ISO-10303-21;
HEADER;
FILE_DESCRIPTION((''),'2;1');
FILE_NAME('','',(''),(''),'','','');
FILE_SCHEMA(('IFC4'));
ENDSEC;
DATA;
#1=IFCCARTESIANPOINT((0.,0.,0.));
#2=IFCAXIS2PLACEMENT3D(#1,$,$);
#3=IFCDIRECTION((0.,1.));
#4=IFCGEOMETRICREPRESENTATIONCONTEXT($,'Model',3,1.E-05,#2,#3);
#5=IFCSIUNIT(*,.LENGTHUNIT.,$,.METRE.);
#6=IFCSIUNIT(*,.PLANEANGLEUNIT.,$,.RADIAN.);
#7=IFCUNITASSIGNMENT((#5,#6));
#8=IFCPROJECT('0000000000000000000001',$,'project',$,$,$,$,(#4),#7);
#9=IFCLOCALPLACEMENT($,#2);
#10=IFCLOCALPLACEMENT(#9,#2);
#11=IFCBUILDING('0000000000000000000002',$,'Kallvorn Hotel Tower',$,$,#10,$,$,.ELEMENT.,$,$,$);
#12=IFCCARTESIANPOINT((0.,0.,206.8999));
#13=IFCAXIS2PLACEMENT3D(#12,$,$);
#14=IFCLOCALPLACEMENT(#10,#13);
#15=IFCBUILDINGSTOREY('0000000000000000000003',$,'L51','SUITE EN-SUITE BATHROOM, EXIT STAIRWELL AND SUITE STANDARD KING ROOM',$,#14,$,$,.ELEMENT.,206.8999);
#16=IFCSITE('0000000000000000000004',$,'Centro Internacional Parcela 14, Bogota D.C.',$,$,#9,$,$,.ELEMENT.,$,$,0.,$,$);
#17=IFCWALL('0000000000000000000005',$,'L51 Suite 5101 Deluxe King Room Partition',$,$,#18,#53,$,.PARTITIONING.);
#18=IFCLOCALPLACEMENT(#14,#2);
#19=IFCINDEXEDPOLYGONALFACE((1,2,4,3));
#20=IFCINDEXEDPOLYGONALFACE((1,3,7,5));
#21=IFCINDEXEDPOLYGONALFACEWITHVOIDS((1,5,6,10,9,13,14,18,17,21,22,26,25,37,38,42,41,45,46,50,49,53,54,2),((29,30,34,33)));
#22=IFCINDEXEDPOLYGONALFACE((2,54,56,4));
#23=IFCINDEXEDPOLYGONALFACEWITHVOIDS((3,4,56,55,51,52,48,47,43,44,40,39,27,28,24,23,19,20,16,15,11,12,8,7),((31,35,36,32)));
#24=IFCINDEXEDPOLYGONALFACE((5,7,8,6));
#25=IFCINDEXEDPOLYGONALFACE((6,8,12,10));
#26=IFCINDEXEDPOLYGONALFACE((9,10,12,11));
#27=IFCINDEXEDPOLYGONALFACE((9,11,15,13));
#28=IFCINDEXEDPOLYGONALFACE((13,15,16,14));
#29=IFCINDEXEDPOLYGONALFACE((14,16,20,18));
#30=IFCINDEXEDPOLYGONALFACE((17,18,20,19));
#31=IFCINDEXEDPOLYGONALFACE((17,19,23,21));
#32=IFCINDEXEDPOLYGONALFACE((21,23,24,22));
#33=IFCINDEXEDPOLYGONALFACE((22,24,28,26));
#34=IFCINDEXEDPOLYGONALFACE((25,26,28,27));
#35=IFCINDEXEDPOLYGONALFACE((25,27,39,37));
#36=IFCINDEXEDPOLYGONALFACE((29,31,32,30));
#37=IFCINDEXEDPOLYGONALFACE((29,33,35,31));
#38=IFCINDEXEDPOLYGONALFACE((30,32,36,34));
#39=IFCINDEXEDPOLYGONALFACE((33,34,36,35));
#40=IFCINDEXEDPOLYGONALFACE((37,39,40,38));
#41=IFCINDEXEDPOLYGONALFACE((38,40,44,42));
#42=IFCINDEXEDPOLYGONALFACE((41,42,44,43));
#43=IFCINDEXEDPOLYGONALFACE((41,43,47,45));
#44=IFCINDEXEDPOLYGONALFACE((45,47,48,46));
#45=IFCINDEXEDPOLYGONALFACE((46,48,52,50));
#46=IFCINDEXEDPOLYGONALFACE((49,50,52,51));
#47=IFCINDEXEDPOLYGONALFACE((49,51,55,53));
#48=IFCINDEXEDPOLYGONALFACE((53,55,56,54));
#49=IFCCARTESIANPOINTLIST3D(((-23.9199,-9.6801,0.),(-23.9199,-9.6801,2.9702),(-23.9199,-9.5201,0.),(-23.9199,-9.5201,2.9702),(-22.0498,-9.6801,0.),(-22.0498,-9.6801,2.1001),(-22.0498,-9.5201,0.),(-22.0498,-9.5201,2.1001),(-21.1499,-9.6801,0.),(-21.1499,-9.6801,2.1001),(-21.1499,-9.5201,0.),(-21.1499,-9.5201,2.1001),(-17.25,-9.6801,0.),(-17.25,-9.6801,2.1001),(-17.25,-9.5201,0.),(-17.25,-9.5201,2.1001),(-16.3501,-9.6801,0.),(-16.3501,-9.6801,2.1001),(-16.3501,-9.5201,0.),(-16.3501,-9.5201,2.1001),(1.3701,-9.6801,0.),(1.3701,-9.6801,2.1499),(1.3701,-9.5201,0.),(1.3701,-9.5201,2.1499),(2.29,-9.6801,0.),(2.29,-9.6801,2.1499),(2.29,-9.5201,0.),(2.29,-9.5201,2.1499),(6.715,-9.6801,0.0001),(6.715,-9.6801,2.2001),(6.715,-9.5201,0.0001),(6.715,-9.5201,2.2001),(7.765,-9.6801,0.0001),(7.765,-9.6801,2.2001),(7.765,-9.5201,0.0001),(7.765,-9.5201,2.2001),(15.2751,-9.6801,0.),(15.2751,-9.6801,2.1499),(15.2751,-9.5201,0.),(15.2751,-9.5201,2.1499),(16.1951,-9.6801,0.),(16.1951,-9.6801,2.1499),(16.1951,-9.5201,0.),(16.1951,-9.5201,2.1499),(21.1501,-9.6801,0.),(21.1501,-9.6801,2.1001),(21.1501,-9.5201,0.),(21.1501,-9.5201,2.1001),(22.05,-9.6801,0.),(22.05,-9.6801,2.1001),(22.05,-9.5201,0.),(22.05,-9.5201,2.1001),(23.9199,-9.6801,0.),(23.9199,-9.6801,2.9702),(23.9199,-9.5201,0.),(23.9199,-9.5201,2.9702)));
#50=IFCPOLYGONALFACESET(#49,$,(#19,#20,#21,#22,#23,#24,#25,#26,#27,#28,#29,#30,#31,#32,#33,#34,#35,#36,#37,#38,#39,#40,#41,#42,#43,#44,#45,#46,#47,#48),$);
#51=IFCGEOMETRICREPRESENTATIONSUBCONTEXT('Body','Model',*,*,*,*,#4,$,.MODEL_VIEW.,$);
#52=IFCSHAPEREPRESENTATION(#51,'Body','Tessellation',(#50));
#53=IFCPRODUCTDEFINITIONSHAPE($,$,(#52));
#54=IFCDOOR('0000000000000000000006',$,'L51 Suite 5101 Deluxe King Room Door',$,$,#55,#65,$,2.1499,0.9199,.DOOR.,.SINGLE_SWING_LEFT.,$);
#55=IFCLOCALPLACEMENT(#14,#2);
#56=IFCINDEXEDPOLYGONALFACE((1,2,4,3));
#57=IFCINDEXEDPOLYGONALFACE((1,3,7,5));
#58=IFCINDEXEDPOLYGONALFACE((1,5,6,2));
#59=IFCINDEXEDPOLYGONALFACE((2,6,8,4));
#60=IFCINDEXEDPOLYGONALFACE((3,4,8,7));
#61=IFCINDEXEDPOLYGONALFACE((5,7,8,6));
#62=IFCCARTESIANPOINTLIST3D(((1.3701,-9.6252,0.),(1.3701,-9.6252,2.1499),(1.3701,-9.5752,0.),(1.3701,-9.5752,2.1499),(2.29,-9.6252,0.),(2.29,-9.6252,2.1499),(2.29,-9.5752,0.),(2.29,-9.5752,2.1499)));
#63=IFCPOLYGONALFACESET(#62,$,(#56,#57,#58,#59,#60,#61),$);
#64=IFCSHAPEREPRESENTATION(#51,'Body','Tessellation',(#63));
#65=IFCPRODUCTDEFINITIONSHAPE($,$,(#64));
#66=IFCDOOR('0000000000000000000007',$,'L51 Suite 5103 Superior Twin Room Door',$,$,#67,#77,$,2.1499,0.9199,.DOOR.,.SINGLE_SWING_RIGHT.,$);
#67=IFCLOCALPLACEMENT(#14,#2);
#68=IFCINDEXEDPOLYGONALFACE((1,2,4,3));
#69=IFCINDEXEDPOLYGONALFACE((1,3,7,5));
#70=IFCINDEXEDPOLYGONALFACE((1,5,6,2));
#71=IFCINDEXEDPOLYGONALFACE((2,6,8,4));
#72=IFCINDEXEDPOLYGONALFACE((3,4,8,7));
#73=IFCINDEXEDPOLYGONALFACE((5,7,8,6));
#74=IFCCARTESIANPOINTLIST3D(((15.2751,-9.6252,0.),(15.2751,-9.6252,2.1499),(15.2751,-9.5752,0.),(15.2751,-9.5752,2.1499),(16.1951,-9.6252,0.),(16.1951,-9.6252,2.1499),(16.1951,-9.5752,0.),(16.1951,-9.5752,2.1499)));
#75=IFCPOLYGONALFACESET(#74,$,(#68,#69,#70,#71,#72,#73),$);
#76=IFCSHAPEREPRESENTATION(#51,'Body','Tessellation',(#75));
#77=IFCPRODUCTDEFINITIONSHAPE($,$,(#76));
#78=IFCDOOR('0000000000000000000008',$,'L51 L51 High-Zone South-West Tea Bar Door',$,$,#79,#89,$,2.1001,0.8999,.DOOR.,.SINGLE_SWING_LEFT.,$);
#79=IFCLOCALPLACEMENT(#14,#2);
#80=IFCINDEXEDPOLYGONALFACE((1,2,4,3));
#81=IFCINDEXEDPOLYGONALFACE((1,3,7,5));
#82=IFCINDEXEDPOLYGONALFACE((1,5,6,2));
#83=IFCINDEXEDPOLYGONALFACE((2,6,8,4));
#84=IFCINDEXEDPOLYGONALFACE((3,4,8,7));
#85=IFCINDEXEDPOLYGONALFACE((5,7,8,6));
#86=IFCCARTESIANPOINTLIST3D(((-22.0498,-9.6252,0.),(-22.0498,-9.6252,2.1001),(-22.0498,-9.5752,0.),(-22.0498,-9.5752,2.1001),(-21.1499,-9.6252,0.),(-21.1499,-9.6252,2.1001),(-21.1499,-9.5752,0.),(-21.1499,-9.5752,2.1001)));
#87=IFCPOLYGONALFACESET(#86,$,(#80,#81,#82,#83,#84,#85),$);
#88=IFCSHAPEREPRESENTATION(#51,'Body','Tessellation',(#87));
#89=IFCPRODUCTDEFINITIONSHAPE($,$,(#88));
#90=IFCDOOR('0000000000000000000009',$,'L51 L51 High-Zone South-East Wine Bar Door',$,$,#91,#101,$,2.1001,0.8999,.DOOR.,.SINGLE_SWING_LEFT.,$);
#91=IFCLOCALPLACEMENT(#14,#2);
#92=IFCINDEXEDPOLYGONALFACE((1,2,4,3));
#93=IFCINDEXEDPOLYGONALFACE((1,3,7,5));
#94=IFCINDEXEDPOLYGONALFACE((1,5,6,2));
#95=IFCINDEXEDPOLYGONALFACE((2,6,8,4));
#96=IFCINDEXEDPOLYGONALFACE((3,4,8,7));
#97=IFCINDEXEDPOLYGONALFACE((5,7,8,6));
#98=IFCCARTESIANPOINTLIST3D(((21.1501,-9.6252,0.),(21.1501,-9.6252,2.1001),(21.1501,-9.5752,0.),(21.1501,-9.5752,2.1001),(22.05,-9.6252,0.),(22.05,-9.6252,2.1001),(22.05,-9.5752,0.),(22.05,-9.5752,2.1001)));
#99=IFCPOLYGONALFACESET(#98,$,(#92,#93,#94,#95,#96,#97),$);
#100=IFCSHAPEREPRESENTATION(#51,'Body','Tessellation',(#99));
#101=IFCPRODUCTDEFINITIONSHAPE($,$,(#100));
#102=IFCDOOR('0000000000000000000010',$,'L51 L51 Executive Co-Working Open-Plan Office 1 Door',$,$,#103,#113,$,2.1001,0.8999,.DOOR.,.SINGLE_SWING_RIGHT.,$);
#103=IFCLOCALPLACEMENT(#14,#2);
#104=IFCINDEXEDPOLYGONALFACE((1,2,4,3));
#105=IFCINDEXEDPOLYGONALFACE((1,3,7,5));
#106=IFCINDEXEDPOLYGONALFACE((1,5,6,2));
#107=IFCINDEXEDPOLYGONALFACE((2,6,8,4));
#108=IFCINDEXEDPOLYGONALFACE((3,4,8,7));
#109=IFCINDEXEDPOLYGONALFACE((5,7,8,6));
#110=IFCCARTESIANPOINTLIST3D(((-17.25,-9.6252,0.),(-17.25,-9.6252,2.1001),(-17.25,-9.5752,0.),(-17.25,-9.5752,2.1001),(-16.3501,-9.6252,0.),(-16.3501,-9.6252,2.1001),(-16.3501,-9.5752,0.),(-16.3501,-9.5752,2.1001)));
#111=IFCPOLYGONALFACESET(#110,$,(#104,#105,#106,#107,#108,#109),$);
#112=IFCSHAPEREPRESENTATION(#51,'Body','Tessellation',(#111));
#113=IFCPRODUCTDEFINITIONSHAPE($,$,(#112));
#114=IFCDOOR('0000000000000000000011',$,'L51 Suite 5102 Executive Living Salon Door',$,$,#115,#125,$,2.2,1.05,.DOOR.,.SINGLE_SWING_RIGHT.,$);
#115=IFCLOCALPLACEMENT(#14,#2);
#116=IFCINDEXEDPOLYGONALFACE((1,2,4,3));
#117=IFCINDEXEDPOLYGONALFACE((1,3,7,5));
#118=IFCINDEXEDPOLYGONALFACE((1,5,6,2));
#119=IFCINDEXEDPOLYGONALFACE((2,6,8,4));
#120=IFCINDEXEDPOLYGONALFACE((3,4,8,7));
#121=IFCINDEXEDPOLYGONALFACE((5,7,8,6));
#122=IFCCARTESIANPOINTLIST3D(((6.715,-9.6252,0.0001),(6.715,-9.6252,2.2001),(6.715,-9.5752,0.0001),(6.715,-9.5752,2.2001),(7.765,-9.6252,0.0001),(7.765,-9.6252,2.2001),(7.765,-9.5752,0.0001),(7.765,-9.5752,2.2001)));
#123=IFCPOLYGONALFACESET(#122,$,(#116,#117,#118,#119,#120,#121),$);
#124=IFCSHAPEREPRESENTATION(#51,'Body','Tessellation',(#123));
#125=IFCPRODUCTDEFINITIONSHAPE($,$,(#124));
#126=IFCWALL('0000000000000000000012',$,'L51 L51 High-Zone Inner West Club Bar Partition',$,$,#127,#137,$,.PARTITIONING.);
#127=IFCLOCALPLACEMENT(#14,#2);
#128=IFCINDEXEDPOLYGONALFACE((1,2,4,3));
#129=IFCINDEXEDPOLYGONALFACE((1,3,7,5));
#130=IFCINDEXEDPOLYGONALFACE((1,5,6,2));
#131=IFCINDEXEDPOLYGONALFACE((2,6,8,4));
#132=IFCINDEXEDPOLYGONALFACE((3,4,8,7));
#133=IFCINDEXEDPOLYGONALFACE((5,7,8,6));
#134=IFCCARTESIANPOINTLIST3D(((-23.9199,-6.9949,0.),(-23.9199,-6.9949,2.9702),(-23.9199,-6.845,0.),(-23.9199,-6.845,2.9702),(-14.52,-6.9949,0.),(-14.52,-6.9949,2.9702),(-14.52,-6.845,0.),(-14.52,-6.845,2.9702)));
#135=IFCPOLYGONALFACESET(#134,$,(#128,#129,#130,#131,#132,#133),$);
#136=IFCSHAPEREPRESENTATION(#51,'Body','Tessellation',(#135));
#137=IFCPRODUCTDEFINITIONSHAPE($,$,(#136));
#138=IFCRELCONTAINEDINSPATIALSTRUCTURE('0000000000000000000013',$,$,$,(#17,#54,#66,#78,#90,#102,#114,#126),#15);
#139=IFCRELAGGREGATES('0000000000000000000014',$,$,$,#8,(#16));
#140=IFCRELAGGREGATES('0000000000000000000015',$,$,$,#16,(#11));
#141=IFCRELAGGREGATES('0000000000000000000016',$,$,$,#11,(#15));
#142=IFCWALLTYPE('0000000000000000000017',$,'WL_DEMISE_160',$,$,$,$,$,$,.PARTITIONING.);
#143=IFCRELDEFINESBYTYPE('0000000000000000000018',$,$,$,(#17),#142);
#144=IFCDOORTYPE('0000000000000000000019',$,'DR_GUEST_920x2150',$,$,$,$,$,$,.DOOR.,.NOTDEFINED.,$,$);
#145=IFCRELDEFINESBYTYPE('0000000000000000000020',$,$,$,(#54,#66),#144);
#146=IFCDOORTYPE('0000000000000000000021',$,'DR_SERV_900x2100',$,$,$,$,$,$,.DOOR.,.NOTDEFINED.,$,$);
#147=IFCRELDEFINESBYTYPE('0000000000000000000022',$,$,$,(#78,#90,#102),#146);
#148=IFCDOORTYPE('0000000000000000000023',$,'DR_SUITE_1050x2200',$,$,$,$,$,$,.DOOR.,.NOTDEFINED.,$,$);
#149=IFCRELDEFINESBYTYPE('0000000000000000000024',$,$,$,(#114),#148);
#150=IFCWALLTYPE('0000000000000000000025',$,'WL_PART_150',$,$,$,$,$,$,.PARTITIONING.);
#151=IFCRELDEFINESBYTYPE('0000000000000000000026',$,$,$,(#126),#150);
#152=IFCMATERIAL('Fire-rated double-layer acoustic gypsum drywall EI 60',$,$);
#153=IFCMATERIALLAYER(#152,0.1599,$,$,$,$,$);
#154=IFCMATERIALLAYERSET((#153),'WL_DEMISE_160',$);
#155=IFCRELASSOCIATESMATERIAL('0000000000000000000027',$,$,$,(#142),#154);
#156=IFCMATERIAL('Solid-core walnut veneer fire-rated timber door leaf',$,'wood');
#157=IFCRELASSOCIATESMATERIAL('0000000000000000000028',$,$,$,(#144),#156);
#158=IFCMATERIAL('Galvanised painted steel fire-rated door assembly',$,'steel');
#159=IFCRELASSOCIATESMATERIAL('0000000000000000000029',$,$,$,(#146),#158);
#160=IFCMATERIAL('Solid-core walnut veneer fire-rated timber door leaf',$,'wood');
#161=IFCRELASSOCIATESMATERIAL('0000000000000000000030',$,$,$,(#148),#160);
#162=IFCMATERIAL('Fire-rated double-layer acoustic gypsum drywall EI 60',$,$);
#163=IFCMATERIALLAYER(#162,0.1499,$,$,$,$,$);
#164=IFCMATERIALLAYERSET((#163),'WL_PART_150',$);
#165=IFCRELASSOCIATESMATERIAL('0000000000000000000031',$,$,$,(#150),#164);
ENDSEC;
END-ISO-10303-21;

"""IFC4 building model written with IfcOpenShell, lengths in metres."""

from ifc_helpers import new_model, si_unit, direction, frame, frame_2d, origin, place, context, subcontext, project, spatial, rectangle, extrude, material, layer, layer_set, type_object, element, fill, save


model = new_model("IFC4")

# Units and contexts
model_context = context("Model", 3, precision=1e-05, world=origin(), true_north=direction((0.0, 1.0)))
body_context = subcontext(model_context, "Body", "Model", "MODEL_VIEW")
ifc_project = project(units=[si_unit("LENGTHUNIT", "METRE"), si_unit("PLANEANGLEUNIT", "RADIAN")], contexts=[model_context])

# Site, building, storey
site_placement = place(None, origin())
site = spatial("IfcSite", under=ifc_project, at=site_placement, Name="Centro Internacional Parcela 14, Bogota D.C.", CompositionType="ELEMENT", RefElevation=0.0)
building_placement = place(site_placement, origin())
building = spatial("IfcBuilding", under=site, at=building_placement, Name="Kallvorn Hotel Tower", CompositionType="ELEMENT")
storey_placement = place(building_placement, frame((0.0, 0.0, 206.8999)))
storey = spatial("IfcBuildingStorey", under=building, at=storey_placement, Name="L51", Description="SUITE EN-SUITE BATHROOM, EXIT STAIRWELL AND SUITE STANDARD KING ROOM", CompositionType="ELEMENT", Elevation=206.8999)

# Wall, openings, doors
ifc_material_1 = material(Name="Fire-rated double-layer acoustic gypsum drywall EI 60")
ifc_layer_1 = layer(ifc_material_1, 0.1599)
ifc_layer_set_1 = layer_set([ifc_layer_1], Name="WL_DEMISE_160")
wall_type_1 = type_object("IfcWallType", Name="WL_DEMISE_160", PredefinedType="PARTITIONING", material=ifc_layer_set_1)
wall_1_placement = place(storey_placement, frame((-23.9199, -9.6001, 0.0), z_axis=(0.0, 0.0, 1.0), x_axis=(1.0, 0.0, 0.0)))
wall_1 = element("IfcWall", 1, at=wall_1_placement, inside=storey, type_object=wall_type_1, Name="L51 Suite 5101 Deluxe King Room Partition", PredefinedType="PARTITIONING", context=body_context, shape_type="SweptSolid", body=[
    extrude(rectangle(XDim=47.8398, YDim=0.1599, at=frame_2d((23.9199, 0.0))), origin(), (0.0, 0.0, 1.0), 2.9702),
])
opening_1_placement = place(wall_1_placement, frame((1.8701, 0.0, 0.0)))
opening_1 = element("IfcOpeningElement", 2, at=opening_1_placement, cuts=wall_1, PredefinedType="OPENING", context=body_context, shape_type="SweptSolid", body=[
    extrude(rectangle(XDim=0.8999, YDim=2.1001, at=frame_2d((0.45, 1.05))), frame((0.0, 0.095, 0.0), z_axis=(0.0, -1.0, 0.0), x_axis=(1.0, 0.0, 0.0)), (0.0, 0.0, 1.0), 0.1899),
])
opening_2_placement = place(wall_1_placement, frame((45.0701, 0.0, 0.0)))
opening_2 = element("IfcOpeningElement", 3, at=opening_2_placement, cuts=wall_1, PredefinedType="OPENING", context=body_context, shape_type="SweptSolid", body=[
    extrude(rectangle(XDim=0.8999, YDim=2.1001, at=frame_2d((0.45, 1.05))), frame((0.0, 0.095, 0.0), z_axis=(0.0, -1.0, 0.0), x_axis=(1.0, 0.0, 0.0)), (0.0, 0.0, 1.0), 0.1899),
])
opening_3_placement = place(wall_1_placement, frame((6.6699, 0.0, 0.0)))
opening_3 = element("IfcOpeningElement", 4, at=opening_3_placement, cuts=wall_1, PredefinedType="OPENING", context=body_context, shape_type="SweptSolid", body=[
    extrude(rectangle(XDim=0.8999, YDim=2.1001, at=frame_2d((0.45, 1.05))), frame((0.0, 0.095, 0.0), z_axis=(0.0, -1.0, 0.0), x_axis=(1.0, 0.0, 0.0)), (0.0, 0.0, 1.0), 0.1899),
])
opening_4_placement = place(wall_1_placement, frame((25.29, 0.0, 0.0)))
opening_4 = element("IfcOpeningElement", 5, at=opening_4_placement, cuts=wall_1, PredefinedType="OPENING", context=body_context, shape_type="SweptSolid", body=[
    extrude(rectangle(XDim=0.9199, YDim=2.1499, at=frame_2d((0.46, 1.075))), frame((0.0, 0.095, 0.0), z_axis=(0.0, -1.0, 0.0), x_axis=(1.0, 0.0, 0.0)), (0.0, 0.0, 1.0), 0.1899),
])
opening_5_placement = place(wall_1_placement, frame((30.635, 0.0, 0.0)))
opening_5 = element("IfcOpeningElement", 6, at=opening_5_placement, cuts=wall_1, PredefinedType="OPENING", context=body_context, shape_type="SweptSolid", body=[
    extrude(rectangle(XDim=1.05, YDim=2.2, at=frame_2d((0.5249, 1.1001))), frame((0.0, 0.095, 0.0), z_axis=(0.0, -1.0, 0.0), x_axis=(1.0, 0.0, 0.0)), (0.0, 0.0, 1.0), 0.1899),
])
opening_6_placement = place(wall_1_placement, frame((39.1951, 0.0, 0.0)))
opening_6 = element("IfcOpeningElement", 7, at=opening_6_placement, cuts=wall_1, PredefinedType="OPENING", context=body_context, shape_type="SweptSolid", body=[
    extrude(rectangle(XDim=0.9199, YDim=2.1499, at=frame_2d((0.46, 1.075))), frame((0.0, 0.095, 0.0), z_axis=(0.0, -1.0, 0.0), x_axis=(1.0, 0.0, 0.0)), (0.0, 0.0, 1.0), 0.1899),
])
ifc_material_2 = material(Name="Solid-core walnut veneer fire-rated timber door leaf", Category="wood")
door_type_1 = type_object("IfcDoorType", Name="DR_GUEST_920x2150", OperationType="NOTDEFINED", PredefinedType="DOOR", material=ifc_material_2)
door_1_placement = place(opening_4_placement, origin())
door_1 = element("IfcDoor", 8, at=door_1_placement, inside=storey, type_object=door_type_1, Name="L51 Suite 5101 Deluxe King Room Door", OperationType="SINGLE_SWING_LEFT", OverallHeight=2.1499, OverallWidth=0.9199, PredefinedType="DOOR", context=body_context, shape_type="SweptSolid", body=[
    extrude(rectangle(XDim=0.9199, YDim=2.1499, at=frame_2d((0.46, 1.075))), frame((0.0, 0.0249, 0.0), z_axis=(0.0, -1.0, 0.0), x_axis=(1.0, 0.0, 0.0)), (0.0, 0.0, 1.0), 0.05),
])
fill(opening_4, door_1)
door_2_placement = place(opening_6_placement, origin())
door_2 = element("IfcDoor", 9, at=door_2_placement, inside=storey, type_object=door_type_1, Name="L51 Suite 5103 Superior Twin Room Door", OperationType="SINGLE_SWING_RIGHT", OverallHeight=2.1499, OverallWidth=0.9199, PredefinedType="DOOR", context=body_context, shape_type="SweptSolid", body=[
    extrude(rectangle(XDim=0.9199, YDim=2.1499, at=frame_2d((0.46, 1.075))), frame((0.0, 0.0249, 0.0), z_axis=(0.0, -1.0, 0.0), x_axis=(1.0, 0.0, 0.0)), (0.0, 0.0, 1.0), 0.05),
])
fill(opening_6, door_2)
ifc_material_3 = material(Name="Galvanised painted steel fire-rated door assembly", Category="steel")
door_type_2 = type_object("IfcDoorType", Name="DR_SERV_900x2100", OperationType="NOTDEFINED", PredefinedType="DOOR", material=ifc_material_3)
door_3_placement = place(opening_1_placement, origin())
door_3 = element("IfcDoor", 10, at=door_3_placement, inside=storey, type_object=door_type_2, Name="L51 L51 High-Zone South-West Tea Bar Door", OperationType="SINGLE_SWING_LEFT", OverallHeight=2.1001, OverallWidth=0.8999, PredefinedType="DOOR", context=body_context, shape_type="SweptSolid", body=[
    extrude(rectangle(XDim=0.8999, YDim=2.1001, at=frame_2d((0.45, 1.05))), frame((0.0, 0.0249, 0.0), z_axis=(0.0, -1.0, 0.0), x_axis=(1.0, 0.0, 0.0)), (0.0, 0.0, 1.0), 0.05),
])
fill(opening_1, door_3)
door_4_placement = place(opening_2_placement, origin())
door_4 = element("IfcDoor", 11, at=door_4_placement, inside=storey, type_object=door_type_2, Name="L51 L51 High-Zone South-East Wine Bar Door", OperationType="SINGLE_SWING_LEFT", OverallHeight=2.1001, OverallWidth=0.8999, PredefinedType="DOOR", context=body_context, shape_type="SweptSolid", body=[
    extrude(rectangle(XDim=0.8999, YDim=2.1001, at=frame_2d((0.45, 1.05))), frame((0.0, 0.0249, 0.0), z_axis=(0.0, -1.0, 0.0), x_axis=(1.0, 0.0, 0.0)), (0.0, 0.0, 1.0), 0.05),
])
fill(opening_2, door_4)
door_5_placement = place(opening_3_placement, origin())
door_5 = element("IfcDoor", 12, at=door_5_placement, inside=storey, type_object=door_type_2, Name="L51 L51 Executive Co-Working Open-Plan Office 1 Door", OperationType="SINGLE_SWING_RIGHT", OverallHeight=2.1001, OverallWidth=0.8999, PredefinedType="DOOR", context=body_context, shape_type="SweptSolid", body=[
    extrude(rectangle(XDim=0.8999, YDim=2.1001, at=frame_2d((0.45, 1.05))), frame((0.0, 0.0249, 0.0), z_axis=(0.0, -1.0, 0.0), x_axis=(1.0, 0.0, 0.0)), (0.0, 0.0, 1.0), 0.05),
])
fill(opening_3, door_5)
ifc_material_4 = material(Name="Solid-core walnut veneer fire-rated timber door leaf", Category="wood")
door_type_3 = type_object("IfcDoorType", Name="DR_SUITE_1050x2200", OperationType="NOTDEFINED", PredefinedType="DOOR", material=ifc_material_4)
door_6_placement = place(opening_5_placement, origin())
door_6 = element("IfcDoor", 13, at=door_6_placement, inside=storey, type_object=door_type_3, Name="L51 Suite 5102 Executive Living Salon Door", OperationType="SINGLE_SWING_RIGHT", OverallHeight=2.2, OverallWidth=1.05, PredefinedType="DOOR", context=body_context, shape_type="SweptSolid", body=[
    extrude(rectangle(XDim=1.05, YDim=2.2, at=frame_2d((0.5249, 1.1001))), frame((0.0, 0.0249, 0.0), z_axis=(0.0, -1.0, 0.0), x_axis=(1.0, 0.0, 0.0)), (0.0, 0.0, 1.0), 0.05),
])
fill(opening_5, door_6)

# Wall
ifc_material_5 = material(Name="Fire-rated double-layer acoustic gypsum drywall EI 60")
ifc_layer_2 = layer(ifc_material_5, 0.1499)
ifc_layer_set_2 = layer_set([ifc_layer_2], Name="WL_PART_150")
wall_type_2 = type_object("IfcWallType", Name="WL_PART_150", PredefinedType="PARTITIONING", material=ifc_layer_set_2)
wall_2_placement = place(storey_placement, frame((-23.9199, -6.9199, 0.0), z_axis=(0.0, 0.0, 1.0), x_axis=(1.0, 0.0, 0.0)))
element("IfcWall", 14, at=wall_2_placement, inside=storey, type_object=wall_type_2, Name="L51 L51 High-Zone Inner West Club Bar Partition", PredefinedType="PARTITIONING", context=body_context, shape_type="SweptSolid", body=[
    extrude(rectangle(XDim=9.3999, YDim=0.1499, at=frame_2d((4.7, 0.0))), origin(), (0.0, 0.0, 1.0), 2.9702),
])

save(model, "model.ifc")
